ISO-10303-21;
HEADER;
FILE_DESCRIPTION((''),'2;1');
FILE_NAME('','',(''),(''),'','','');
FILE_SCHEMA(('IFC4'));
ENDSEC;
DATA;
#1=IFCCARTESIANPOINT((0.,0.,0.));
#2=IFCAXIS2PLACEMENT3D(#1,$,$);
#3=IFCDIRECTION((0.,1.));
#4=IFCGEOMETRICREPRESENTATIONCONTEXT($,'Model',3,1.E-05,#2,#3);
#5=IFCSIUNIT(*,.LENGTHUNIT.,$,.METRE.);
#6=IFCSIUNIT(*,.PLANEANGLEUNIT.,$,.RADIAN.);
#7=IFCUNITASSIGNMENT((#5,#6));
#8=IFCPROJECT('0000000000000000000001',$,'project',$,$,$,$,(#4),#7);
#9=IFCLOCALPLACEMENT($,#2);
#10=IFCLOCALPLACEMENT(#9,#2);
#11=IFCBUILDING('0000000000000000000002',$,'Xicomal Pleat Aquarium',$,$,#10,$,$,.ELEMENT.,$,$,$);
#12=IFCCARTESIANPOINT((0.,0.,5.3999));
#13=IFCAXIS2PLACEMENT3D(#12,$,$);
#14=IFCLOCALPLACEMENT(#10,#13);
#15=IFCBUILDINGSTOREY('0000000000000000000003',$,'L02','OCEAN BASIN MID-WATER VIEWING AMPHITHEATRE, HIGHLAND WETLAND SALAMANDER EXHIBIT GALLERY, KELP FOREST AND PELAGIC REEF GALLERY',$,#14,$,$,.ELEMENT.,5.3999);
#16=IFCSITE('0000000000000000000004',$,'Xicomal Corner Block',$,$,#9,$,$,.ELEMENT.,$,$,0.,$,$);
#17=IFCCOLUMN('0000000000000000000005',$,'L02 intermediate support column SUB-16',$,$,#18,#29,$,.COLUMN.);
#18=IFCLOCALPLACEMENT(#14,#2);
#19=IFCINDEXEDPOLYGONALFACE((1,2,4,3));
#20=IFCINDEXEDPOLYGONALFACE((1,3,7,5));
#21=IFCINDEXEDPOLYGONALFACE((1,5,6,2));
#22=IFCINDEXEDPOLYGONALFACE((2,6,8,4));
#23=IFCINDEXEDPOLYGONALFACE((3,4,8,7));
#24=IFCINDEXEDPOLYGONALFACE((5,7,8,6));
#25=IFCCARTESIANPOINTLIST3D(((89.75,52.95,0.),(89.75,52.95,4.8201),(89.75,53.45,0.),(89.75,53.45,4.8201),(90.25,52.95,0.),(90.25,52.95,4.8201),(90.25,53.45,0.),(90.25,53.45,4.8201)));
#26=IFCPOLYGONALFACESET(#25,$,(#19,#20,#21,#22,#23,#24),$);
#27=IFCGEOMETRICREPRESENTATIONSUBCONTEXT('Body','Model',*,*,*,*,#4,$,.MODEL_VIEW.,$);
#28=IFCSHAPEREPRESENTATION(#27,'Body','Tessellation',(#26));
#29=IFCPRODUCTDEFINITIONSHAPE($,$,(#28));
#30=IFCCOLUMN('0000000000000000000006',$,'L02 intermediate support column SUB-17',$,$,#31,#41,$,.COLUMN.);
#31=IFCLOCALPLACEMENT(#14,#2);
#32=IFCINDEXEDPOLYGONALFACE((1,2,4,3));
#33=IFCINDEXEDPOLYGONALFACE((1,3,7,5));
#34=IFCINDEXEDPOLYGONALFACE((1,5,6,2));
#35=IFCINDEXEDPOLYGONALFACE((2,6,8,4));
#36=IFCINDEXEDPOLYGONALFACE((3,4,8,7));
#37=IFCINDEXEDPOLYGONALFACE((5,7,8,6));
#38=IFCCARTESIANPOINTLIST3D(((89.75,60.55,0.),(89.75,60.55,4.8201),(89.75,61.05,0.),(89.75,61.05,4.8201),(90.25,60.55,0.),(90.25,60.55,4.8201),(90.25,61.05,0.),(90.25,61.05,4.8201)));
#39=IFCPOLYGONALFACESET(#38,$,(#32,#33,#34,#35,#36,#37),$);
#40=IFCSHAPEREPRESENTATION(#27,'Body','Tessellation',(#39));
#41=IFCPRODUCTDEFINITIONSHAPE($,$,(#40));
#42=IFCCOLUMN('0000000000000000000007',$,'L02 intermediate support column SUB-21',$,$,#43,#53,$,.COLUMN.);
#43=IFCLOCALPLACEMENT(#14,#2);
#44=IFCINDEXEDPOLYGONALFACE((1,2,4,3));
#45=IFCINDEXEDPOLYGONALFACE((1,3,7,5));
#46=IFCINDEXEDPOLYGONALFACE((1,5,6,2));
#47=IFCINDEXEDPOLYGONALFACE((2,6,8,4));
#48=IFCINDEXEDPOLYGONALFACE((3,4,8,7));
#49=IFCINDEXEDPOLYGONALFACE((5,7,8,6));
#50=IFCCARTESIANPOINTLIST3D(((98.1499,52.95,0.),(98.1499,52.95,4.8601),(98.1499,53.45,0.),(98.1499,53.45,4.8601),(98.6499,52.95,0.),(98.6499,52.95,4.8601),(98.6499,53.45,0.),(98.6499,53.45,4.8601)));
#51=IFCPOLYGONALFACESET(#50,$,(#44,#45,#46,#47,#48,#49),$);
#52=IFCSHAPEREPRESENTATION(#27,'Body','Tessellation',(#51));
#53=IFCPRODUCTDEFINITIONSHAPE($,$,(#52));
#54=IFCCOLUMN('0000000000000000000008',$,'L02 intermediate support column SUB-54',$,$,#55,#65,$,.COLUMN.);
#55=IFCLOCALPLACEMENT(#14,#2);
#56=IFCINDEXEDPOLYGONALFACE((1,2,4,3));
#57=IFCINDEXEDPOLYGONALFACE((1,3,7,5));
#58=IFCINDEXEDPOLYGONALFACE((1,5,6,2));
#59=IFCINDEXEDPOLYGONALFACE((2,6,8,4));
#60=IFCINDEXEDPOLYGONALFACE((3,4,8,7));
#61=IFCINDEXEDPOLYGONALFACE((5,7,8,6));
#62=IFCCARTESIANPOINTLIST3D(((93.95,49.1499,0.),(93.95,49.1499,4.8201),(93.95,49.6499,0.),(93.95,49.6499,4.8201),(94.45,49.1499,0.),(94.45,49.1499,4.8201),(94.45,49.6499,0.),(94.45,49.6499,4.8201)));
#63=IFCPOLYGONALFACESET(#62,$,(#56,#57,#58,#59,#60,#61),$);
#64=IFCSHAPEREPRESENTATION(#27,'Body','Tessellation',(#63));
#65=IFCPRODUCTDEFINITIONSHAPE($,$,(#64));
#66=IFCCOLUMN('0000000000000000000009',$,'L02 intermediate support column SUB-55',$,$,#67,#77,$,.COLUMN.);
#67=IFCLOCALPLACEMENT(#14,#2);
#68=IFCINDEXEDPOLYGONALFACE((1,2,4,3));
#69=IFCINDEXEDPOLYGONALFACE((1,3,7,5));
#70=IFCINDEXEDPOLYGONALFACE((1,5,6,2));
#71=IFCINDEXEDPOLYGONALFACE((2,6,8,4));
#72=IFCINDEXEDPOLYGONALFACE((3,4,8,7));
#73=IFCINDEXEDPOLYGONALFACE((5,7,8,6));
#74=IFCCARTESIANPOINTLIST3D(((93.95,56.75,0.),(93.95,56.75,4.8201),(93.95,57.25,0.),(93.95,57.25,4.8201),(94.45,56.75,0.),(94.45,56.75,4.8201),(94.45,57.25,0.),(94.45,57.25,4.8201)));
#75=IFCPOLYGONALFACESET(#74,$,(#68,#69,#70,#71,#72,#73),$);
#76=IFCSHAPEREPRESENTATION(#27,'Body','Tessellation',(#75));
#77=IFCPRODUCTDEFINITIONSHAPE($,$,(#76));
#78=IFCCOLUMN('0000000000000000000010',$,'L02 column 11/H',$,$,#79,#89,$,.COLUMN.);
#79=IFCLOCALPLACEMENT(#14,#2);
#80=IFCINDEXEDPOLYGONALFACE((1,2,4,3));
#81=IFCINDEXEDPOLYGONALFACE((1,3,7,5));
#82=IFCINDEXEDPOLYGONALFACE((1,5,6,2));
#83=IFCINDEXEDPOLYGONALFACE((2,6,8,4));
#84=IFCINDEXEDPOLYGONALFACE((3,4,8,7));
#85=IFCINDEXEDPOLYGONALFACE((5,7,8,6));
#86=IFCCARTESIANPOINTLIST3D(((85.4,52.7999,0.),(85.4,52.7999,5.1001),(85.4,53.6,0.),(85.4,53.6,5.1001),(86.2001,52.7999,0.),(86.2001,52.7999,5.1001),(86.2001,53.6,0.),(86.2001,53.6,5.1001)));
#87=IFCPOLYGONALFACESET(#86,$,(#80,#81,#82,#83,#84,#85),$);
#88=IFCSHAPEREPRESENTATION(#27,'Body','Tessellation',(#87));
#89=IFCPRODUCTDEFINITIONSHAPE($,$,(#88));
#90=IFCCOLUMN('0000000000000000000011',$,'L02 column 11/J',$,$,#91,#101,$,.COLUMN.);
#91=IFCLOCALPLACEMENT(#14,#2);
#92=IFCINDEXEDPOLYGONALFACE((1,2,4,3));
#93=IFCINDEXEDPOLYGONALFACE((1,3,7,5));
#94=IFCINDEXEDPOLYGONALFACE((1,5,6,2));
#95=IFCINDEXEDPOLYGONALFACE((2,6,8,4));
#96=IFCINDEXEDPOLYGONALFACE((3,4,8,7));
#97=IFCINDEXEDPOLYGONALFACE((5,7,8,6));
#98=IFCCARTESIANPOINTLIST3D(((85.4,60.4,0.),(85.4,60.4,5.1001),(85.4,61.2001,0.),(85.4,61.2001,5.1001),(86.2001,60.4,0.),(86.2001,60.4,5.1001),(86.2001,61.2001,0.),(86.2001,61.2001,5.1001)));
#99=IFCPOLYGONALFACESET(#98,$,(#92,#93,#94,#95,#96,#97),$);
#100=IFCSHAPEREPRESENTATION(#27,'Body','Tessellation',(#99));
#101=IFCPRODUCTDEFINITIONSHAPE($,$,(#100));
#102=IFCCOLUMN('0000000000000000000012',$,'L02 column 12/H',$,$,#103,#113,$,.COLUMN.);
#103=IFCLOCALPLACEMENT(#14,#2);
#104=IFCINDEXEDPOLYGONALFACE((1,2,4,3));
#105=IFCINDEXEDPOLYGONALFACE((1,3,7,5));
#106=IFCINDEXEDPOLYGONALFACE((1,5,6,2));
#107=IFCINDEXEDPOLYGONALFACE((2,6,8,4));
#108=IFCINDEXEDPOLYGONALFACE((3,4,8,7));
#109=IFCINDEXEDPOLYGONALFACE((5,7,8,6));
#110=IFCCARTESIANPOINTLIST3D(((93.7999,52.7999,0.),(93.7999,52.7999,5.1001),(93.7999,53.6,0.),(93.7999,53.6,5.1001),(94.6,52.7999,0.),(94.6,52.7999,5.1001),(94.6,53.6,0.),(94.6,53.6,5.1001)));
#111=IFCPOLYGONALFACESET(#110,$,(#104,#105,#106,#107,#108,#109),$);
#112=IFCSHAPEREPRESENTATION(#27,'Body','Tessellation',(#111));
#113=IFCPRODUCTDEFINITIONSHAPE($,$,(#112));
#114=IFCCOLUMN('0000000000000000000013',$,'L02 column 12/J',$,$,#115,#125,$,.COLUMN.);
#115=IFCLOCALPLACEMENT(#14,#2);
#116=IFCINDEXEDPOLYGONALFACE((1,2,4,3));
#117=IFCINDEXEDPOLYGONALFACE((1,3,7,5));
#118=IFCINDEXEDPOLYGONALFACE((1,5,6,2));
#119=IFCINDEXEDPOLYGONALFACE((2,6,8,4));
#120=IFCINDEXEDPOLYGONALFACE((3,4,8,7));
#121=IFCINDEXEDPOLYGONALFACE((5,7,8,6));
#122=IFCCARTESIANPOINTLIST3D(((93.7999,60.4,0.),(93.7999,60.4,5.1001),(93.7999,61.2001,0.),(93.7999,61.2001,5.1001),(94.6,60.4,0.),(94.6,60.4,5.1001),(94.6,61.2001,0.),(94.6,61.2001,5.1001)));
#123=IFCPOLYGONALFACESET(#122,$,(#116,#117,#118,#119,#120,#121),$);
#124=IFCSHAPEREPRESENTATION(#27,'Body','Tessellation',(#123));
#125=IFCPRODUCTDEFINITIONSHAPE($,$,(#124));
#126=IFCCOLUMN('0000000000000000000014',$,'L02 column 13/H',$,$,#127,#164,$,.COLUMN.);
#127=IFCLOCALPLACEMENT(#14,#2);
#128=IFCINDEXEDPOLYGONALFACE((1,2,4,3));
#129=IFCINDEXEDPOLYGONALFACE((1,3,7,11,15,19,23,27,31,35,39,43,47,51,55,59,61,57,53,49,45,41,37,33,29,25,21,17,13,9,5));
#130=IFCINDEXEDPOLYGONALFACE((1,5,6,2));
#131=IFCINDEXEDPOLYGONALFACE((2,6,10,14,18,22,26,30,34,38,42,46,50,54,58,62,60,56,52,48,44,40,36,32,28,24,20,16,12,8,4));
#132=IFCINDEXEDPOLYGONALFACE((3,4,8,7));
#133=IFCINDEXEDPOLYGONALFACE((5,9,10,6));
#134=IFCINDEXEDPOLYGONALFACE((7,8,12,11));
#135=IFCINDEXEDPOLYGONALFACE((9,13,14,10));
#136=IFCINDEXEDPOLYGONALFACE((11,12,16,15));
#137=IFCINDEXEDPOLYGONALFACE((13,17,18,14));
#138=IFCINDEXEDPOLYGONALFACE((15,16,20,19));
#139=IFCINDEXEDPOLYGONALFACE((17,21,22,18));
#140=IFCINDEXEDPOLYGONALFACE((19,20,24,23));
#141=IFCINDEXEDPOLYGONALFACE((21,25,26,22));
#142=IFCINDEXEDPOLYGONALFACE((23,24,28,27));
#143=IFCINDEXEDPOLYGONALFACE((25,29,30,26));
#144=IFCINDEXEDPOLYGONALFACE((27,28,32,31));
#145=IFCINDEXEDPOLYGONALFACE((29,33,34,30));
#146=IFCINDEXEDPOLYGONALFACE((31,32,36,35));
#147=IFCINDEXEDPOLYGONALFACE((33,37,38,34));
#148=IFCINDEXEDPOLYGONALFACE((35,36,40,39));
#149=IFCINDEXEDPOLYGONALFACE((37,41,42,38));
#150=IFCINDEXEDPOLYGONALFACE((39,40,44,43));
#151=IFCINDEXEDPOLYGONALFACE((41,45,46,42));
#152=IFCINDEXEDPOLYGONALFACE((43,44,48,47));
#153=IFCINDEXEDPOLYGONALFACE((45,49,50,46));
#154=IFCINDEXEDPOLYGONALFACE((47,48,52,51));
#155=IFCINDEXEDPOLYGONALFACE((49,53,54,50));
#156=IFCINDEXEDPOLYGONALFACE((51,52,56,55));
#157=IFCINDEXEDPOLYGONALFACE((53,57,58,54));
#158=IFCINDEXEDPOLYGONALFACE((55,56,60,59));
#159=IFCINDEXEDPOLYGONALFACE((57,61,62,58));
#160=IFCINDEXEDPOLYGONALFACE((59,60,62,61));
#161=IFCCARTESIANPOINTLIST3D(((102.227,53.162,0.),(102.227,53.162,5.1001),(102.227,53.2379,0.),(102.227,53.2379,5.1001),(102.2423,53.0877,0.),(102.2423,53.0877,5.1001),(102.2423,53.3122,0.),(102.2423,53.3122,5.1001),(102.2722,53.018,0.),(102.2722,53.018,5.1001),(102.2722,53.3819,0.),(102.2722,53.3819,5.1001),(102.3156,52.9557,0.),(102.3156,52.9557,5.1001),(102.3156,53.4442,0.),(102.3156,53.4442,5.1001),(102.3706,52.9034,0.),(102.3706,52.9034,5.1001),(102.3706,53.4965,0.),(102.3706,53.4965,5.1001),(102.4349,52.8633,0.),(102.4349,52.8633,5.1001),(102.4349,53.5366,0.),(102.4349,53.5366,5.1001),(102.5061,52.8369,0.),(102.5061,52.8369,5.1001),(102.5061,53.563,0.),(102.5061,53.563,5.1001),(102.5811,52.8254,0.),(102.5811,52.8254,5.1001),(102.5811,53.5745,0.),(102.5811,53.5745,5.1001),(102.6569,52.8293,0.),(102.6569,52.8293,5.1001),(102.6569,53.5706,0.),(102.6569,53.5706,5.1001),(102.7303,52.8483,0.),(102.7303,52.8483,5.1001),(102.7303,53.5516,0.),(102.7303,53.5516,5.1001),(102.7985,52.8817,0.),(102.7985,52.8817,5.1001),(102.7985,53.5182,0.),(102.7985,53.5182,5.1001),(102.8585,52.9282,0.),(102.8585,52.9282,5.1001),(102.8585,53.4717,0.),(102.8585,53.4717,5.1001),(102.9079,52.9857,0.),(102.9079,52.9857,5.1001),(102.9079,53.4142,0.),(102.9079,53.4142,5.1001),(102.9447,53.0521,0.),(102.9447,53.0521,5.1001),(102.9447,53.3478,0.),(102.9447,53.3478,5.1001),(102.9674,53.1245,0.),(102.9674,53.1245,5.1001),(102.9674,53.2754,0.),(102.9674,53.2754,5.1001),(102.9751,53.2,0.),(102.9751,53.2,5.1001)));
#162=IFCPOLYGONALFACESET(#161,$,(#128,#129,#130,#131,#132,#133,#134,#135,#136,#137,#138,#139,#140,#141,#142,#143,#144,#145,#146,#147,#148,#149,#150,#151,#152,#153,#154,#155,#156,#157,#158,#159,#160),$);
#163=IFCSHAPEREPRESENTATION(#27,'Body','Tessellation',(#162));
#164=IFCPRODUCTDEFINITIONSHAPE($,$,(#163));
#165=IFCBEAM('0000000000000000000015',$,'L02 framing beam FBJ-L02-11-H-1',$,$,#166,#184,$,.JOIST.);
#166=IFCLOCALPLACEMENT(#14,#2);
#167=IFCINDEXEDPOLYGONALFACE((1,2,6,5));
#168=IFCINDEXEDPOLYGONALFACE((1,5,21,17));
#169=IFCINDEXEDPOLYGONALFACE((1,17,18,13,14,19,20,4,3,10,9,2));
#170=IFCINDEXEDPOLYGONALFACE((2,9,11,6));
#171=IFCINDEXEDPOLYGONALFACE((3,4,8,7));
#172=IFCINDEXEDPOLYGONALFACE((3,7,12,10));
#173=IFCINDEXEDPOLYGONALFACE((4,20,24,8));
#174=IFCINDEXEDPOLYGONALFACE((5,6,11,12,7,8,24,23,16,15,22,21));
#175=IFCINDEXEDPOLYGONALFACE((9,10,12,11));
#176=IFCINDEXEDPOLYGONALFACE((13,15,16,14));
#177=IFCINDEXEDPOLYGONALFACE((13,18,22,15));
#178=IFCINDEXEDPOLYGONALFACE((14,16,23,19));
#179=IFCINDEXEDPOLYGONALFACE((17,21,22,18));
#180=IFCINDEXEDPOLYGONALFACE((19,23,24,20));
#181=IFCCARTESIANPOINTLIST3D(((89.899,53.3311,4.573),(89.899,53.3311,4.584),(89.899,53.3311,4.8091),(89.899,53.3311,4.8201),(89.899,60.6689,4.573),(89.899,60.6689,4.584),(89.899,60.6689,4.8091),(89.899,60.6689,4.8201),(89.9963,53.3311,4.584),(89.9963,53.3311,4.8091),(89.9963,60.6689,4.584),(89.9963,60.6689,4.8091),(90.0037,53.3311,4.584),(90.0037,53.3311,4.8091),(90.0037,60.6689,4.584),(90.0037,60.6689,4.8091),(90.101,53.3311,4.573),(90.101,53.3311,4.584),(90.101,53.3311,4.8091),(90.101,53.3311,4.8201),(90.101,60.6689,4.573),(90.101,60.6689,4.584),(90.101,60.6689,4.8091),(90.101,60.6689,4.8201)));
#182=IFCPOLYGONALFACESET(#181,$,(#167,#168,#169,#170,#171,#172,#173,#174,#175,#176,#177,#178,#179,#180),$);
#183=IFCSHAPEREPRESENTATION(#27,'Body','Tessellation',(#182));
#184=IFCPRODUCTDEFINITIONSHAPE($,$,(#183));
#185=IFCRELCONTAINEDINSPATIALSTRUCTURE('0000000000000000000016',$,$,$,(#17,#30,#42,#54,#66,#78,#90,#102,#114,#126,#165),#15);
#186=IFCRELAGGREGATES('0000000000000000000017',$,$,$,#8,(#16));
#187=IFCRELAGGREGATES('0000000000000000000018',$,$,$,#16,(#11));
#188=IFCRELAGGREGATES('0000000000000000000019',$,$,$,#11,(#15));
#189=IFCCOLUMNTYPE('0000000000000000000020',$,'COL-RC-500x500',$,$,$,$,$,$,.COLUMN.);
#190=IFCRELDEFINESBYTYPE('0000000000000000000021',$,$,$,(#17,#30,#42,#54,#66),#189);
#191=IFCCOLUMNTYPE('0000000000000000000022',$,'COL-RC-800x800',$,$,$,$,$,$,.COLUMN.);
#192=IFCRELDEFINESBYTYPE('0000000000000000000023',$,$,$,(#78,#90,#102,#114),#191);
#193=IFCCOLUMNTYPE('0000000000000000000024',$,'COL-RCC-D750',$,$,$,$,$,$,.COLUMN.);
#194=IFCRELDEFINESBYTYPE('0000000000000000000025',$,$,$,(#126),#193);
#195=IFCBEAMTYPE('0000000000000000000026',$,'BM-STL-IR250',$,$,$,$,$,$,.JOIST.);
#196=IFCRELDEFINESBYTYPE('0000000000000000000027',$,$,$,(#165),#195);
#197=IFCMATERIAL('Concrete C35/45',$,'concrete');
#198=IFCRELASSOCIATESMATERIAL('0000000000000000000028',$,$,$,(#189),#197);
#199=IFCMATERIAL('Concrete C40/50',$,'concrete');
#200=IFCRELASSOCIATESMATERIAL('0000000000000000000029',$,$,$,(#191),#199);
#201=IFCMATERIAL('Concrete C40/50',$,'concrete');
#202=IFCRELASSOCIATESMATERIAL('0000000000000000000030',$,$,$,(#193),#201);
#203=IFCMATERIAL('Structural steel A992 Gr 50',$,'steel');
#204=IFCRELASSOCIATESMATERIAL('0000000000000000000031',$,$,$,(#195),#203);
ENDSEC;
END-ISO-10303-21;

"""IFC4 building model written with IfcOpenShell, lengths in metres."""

from ifc_helpers import new_model, si_unit, direction, frame, origin, origin_2d, place, context, subcontext, project, spatial, rectangle, circle, i_section, extrude, material, material_profile, profile_set, type_object, element, save


model = new_model("IFC4")

# Units and contexts
model_context = context("Model", 3, precision=1e-05, world=origin(), true_north=direction((0.0, 1.0)))
body_context = subcontext(model_context, "Body", "Model", "MODEL_VIEW")
ifc_project = project(units=[si_unit("LENGTHUNIT", "METRE"), si_unit("PLANEANGLEUNIT", "RADIAN")], contexts=[model_context])

# Site, building, storey
site_placement = place(None, origin())
site = spatial("IfcSite", under=ifc_project, at=site_placement, Name="Xicomal Corner Block", CompositionType="ELEMENT", RefElevation=0.0)
building_placement = place(site_placement, origin())
building = spatial("IfcBuilding", under=site, at=building_placement, Name="Xicomal Pleat Aquarium", CompositionType="ELEMENT")
storey_placement = place(building_placement, frame((0.0, 0.0, 5.3999)))
storey = spatial("IfcBuildingStorey", under=building, at=storey_placement, Name="L02", Description="OCEAN BASIN MID-WATER VIEWING AMPHITHEATRE, HIGHLAND WETLAND SALAMANDER EXHIBIT GALLERY, KELP FOREST AND PELAGIC REEF GALLERY", CompositionType="ELEMENT", Elevation=5.3999)

# Columns
ifc_material_1 = material(Name="Concrete C35/45", Category="concrete")
ifc_material_profile_1 = material_profile(ifc_material_1, rectangle(XDim=0.5, YDim=0.5, at=origin_2d()), Name="RC 500x500")
ifc_profile_set_1 = profile_set([ifc_material_profile_1], Name="Concrete C35/45")
column_type_1 = type_object("IfcColumnType", Name="COL-RC-500x500", PredefinedType="COLUMN", material=ifc_profile_set_1)
for number, where, z_axis, x_axis, name in (
    (1, (90.0, 53.2, 0.0), (0.0, 0.0, 1.0), (1.0, 0.0, 0.0), "L02 intermediate support column SUB-16"),
    (2, (90.0, 60.8, 0.0), (0.0, 0.0, 1.0), (1.0, 0.0, 0.0), "L02 intermediate support column SUB-17"),
):
    element("IfcColumn", number, at=place(storey_placement, frame(where, z_axis=z_axis, x_axis=x_axis)), inside=storey, type_object=column_type_1, Name=name, PredefinedType="COLUMN", context=body_context, shape_type="SweptSolid", body=[
        extrude(rectangle(XDim=0.5, YDim=0.5, at=origin_2d()), origin(), (0.0, 0.0, 1.0), 4.8201),
    ])
column_1_placement = place(storey_placement, frame((98.3999, 53.2, 0.0), z_axis=(0.0, 0.0, 1.0), x_axis=(1.0, 0.0, 0.0)))
element("IfcColumn", 3, at=column_1_placement, inside=storey, type_object=column_type_1, Name="L02 intermediate support column SUB-21", PredefinedType="COLUMN", context=body_context, shape_type="SweptSolid", body=[
    extrude(rectangle(XDim=0.5, YDim=0.5, at=origin_2d()), origin(), (0.0, 0.0, 1.0), 4.8601),
])
for number, where, z_axis, x_axis, name in (
    (4, (94.2, 49.3999, 0.0), (0.0, 0.0, 1.0), (1.0, 0.0, 0.0), "L02 intermediate support column SUB-54"),
    (5, (94.2, 57.0, 0.0), (0.0, 0.0, 1.0), (1.0, 0.0, 0.0), "L02 intermediate support column SUB-55"),
):
    element("IfcColumn", number, at=place(storey_placement, frame(where, z_axis=z_axis, x_axis=x_axis)), inside=storey, type_object=column_type_1, Name=name, PredefinedType="COLUMN", context=body_context, shape_type="SweptSolid", body=[
        extrude(rectangle(XDim=0.5, YDim=0.5, at=origin_2d()), origin(), (0.0, 0.0, 1.0), 4.8201),
    ])
ifc_material_2 = material(Name="Concrete C40/50", Category="concrete")
ifc_material_profile_2 = material_profile(ifc_material_2, rectangle(XDim=0.8, YDim=0.8, at=origin_2d()), Name="RC 800x800")
ifc_profile_set_2 = profile_set([ifc_material_profile_2], Name="Concrete C40/50")
column_type_2 = type_object("IfcColumnType", Name="COL-RC-800x800", PredefinedType="COLUMN", material=ifc_profile_set_2)
for number, where, z_axis, x_axis, name in (
    (6, (85.8, 53.2, 0.0), (0.0, 0.0, 1.0), (1.0, 0.0, 0.0), "L02 column 11/H"),
    (7, (85.8, 60.8, 0.0), (0.0, 0.0, 1.0), (1.0, 0.0, 0.0), "L02 column 11/J"),
    (8, (94.2, 53.2, 0.0), (0.0, 0.0, 1.0), (1.0, 0.0, 0.0), "L02 column 12/H"),
    (9, (94.2, 60.8, 0.0), (0.0, 0.0, 1.0), (1.0, 0.0, 0.0), "L02 column 12/J"),
):
    element("IfcColumn", number, at=place(storey_placement, frame(where, z_axis=z_axis, x_axis=x_axis)), inside=storey, type_object=column_type_2, Name=name, PredefinedType="COLUMN", context=body_context, shape_type="SweptSolid", body=[
        extrude(rectangle(XDim=0.8, YDim=0.8, at=origin_2d()), origin(), (0.0, 0.0, 1.0), 5.1001),
    ])
ifc_material_3 = material(Name="Concrete C40/50", Category="concrete")
ifc_material_profile_3 = material_profile(ifc_material_3, circle(Radius=0.375, at=origin_2d()), Name="RCC D750")
ifc_profile_set_3 = profile_set([ifc_material_profile_3], Name="Concrete C40/50")
column_type_3 = type_object("IfcColumnType", Name="COL-RCC-D750", PredefinedType="COLUMN", material=ifc_profile_set_3)
column_2_placement = place(storey_placement, frame((102.6001, 53.2, 0.0), z_axis=(0.0, 0.0, 1.0), x_axis=(1.0, 0.0, 0.0)))
element("IfcColumn", 10, at=column_2_placement, inside=storey, type_object=column_type_3, Name="L02 column 13/H", PredefinedType="COLUMN", context=body_context, shape_type="SweptSolid", body=[
    extrude(circle(Radius=0.375, at=origin_2d()), origin(), (0.0, 0.0, 1.0), 5.1001),
])

# Beam
ifc_material_4 = material(Name="Structural steel A992 Gr 50", Category="steel")
ifc_material_profile_4 = material_profile(ifc_material_4, i_section(OverallWidth=0.2019, OverallDepth=0.2471, WebThickness=0.0073, FlangeThickness=0.011, at=origin_2d()), Name="IR 250x49")
ifc_profile_set_4 = profile_set([ifc_material_profile_4], Name="Structural steel A992 Gr 50")
beam_type_1 = type_object("IfcBeamType", Name="BM-STL-IR250", PredefinedType="JOIST", material=ifc_profile_set_4)
beam_1_placement = place(storey_placement, frame((90.0, 53.3311, 4.6965), z_axis=(0.0, 1.0, 0.0), x_axis=(-1.0, 0.0, 0.0)))
element("IfcBeam", 11, at=beam_1_placement, inside=storey, type_object=beam_type_1, Name="L02 framing beam FBJ-L02-11-H-1", PredefinedType="JOIST", context=body_context, shape_type="SweptSolid", body=[
    extrude(i_section(OverallWidth=0.2019, OverallDepth=0.2471, WebThickness=0.0073, FlangeThickness=0.011, at=origin_2d()), origin(), (0.0, 0.0, 1.0), 7.3379),
])

save(model, "model.ifc")
